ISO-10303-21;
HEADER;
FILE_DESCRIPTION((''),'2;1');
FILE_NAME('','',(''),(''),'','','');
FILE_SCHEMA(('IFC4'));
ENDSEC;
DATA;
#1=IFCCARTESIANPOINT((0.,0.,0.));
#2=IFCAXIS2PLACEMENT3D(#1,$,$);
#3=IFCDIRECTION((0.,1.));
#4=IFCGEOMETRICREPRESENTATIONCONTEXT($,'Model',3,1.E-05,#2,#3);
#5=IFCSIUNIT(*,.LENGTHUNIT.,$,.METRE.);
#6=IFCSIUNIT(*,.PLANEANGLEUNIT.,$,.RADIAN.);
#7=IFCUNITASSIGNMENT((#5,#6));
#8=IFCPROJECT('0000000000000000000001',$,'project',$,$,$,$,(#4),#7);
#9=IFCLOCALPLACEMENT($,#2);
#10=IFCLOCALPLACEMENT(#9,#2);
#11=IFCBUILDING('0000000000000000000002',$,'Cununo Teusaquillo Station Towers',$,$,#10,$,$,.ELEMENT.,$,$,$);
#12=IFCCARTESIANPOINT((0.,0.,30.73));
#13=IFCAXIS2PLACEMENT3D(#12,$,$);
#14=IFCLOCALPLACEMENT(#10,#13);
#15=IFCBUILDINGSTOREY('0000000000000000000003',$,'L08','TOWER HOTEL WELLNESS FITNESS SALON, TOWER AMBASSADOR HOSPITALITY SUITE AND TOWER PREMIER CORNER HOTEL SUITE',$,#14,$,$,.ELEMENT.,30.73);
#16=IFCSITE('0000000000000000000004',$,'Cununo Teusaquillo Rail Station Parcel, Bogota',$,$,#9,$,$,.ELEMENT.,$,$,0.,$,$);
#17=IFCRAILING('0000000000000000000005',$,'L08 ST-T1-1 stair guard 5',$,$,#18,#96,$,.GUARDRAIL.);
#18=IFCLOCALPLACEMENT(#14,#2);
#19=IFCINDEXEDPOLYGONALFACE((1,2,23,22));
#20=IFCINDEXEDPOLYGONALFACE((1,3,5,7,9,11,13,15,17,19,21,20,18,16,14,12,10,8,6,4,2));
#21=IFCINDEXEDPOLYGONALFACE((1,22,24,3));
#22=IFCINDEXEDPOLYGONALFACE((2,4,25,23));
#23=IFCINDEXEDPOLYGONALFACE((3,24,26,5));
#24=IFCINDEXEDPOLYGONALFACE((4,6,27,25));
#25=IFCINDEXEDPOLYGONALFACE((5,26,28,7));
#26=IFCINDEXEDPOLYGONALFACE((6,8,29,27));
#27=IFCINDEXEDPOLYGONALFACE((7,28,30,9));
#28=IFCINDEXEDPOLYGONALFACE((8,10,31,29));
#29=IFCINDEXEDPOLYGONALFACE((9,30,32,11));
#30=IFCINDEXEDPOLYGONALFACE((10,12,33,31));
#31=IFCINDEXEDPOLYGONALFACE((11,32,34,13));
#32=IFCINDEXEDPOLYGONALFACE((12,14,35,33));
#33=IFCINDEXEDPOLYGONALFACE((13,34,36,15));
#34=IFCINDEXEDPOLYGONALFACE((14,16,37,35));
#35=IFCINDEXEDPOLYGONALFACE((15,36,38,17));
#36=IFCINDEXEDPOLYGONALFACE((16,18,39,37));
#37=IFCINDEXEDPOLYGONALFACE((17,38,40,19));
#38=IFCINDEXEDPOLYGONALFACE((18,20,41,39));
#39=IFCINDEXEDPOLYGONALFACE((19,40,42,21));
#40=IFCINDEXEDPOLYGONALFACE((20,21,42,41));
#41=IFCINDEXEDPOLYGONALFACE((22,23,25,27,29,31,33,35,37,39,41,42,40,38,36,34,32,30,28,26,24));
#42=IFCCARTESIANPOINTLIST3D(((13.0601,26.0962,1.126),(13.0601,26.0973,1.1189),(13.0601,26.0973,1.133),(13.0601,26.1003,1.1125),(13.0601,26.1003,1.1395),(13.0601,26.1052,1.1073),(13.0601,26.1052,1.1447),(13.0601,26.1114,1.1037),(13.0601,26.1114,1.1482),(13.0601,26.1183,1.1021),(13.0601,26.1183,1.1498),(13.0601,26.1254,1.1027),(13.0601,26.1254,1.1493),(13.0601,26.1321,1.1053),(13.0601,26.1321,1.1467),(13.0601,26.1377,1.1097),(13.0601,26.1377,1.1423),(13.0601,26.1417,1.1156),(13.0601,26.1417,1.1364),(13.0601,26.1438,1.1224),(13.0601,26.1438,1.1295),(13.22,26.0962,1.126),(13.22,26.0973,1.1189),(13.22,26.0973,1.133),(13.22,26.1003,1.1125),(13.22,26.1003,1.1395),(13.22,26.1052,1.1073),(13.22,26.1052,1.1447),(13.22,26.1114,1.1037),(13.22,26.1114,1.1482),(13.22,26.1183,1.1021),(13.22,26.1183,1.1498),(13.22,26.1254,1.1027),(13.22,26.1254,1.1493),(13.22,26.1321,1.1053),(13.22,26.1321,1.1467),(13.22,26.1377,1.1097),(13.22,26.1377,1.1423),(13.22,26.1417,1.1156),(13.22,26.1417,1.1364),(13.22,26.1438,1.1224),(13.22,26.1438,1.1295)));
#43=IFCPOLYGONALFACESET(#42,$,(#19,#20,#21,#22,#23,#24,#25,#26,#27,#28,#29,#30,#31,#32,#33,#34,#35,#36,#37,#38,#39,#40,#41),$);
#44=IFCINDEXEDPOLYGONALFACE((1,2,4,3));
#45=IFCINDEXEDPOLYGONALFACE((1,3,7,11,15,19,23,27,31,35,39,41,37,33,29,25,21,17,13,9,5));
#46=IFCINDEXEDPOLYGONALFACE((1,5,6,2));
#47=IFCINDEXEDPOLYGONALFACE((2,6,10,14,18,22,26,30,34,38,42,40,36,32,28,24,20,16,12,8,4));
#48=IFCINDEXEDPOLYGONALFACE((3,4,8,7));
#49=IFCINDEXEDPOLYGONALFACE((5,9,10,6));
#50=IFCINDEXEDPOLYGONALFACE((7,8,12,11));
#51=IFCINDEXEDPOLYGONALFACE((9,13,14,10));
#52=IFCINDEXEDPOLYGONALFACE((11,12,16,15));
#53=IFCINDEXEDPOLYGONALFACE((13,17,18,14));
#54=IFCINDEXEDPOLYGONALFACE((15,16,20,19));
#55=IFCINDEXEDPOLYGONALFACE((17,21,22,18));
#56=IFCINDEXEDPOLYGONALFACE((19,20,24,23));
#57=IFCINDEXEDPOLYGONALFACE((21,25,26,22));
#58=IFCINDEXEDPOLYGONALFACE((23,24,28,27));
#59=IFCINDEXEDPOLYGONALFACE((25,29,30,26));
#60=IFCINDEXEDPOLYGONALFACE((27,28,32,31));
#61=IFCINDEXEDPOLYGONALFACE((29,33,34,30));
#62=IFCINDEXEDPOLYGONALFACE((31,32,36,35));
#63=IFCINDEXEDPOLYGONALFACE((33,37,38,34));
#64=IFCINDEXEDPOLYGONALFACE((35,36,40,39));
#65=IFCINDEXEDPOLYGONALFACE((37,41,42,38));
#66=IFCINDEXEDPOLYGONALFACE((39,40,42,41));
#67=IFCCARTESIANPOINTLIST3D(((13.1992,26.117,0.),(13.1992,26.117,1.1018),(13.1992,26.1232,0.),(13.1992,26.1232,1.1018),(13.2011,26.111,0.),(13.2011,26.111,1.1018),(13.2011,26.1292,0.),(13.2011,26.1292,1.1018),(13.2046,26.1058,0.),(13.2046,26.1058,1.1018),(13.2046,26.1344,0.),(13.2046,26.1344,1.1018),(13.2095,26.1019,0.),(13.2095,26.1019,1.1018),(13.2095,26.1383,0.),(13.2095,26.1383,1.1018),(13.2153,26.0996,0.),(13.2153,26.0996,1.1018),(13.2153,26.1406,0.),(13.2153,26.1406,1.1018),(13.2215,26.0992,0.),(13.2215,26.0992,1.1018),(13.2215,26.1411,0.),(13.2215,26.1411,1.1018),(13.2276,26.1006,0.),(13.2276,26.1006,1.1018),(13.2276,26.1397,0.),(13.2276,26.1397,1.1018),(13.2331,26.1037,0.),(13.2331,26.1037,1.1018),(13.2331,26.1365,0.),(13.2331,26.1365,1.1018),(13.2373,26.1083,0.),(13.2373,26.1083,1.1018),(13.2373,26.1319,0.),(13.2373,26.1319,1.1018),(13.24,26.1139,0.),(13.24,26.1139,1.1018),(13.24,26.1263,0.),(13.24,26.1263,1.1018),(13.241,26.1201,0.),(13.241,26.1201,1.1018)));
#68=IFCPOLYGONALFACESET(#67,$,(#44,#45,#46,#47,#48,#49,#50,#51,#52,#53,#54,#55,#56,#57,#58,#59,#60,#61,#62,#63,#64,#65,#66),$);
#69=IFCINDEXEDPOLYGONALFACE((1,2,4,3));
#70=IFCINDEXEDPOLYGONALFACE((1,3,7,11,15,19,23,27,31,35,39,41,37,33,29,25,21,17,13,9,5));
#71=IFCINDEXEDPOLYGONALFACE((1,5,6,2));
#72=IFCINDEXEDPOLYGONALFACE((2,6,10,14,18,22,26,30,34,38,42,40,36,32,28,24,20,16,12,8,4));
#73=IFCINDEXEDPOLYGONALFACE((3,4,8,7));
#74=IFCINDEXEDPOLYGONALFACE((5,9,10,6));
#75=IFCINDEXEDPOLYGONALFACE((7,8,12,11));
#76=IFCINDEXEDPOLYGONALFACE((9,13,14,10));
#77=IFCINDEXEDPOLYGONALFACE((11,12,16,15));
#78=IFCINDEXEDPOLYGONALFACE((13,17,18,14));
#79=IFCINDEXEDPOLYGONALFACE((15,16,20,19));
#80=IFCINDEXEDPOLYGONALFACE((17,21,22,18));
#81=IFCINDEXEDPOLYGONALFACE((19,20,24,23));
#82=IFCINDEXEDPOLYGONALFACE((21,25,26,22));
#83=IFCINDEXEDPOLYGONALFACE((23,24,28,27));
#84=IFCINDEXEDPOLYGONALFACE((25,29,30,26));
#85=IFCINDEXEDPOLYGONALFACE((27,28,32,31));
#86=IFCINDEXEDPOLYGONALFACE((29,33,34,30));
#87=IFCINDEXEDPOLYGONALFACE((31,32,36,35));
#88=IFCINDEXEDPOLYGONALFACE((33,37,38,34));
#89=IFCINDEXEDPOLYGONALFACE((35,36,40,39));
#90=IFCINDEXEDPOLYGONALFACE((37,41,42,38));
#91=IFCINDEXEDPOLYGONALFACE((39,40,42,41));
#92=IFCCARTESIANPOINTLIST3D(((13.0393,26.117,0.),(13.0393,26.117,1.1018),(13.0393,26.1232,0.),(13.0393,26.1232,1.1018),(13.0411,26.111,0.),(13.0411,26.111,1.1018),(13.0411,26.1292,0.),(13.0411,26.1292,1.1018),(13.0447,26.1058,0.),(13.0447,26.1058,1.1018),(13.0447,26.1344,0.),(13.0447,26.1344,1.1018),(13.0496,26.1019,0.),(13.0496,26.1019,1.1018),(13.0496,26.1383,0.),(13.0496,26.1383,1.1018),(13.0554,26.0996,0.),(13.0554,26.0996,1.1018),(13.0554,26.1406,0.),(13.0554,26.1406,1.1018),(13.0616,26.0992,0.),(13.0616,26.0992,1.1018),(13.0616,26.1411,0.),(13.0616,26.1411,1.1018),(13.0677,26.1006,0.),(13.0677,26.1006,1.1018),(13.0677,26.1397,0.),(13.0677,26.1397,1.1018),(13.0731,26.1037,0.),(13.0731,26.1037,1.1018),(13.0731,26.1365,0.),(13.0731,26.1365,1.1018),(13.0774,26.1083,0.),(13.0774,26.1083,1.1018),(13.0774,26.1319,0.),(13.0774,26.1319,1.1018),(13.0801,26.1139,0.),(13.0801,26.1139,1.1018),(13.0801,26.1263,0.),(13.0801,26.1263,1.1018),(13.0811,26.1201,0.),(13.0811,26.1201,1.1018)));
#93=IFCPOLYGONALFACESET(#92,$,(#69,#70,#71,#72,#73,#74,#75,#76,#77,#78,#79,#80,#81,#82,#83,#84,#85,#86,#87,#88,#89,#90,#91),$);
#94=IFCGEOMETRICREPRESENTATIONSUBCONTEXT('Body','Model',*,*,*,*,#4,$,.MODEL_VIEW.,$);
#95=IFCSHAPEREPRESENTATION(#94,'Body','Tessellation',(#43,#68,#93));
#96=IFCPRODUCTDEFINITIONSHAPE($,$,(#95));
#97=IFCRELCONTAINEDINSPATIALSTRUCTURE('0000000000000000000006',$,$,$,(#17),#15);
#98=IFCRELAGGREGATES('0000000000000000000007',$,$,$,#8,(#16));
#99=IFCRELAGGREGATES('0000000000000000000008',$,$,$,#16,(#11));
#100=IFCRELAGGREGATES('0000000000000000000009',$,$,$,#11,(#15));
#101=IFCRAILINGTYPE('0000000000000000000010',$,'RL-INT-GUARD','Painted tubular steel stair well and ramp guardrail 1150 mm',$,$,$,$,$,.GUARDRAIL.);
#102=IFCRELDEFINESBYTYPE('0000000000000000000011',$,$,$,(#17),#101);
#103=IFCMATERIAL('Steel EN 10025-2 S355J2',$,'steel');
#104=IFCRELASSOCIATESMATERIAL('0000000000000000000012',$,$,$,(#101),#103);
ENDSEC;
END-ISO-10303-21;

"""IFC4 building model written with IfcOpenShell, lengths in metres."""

from ifc_helpers import new_model, si_unit, direction, frame, origin, origin_2d, place, context, subcontext, project, spatial, circle, extrude, material, type_object, element, save


model = new_model("IFC4")

# Units and contexts
model_context = context("Model", 3, precision=1e-05, world=origin(), true_north=direction((0.0, 1.0)))
body_context = subcontext(model_context, "Body", "Model", "MODEL_VIEW")
ifc_project = project(units=[si_unit("LENGTHUNIT", "METRE"), si_unit("PLANEANGLEUNIT", "RADIAN")], contexts=[model_context])

# Site, building, storey
site_placement = place(None, origin())
site = spatial("IfcSite", under=ifc_project, at=site_placement, Name="Cununo Teusaquillo Rail Station Parcel, Bogota", CompositionType="ELEMENT", RefElevation=0.0)
building_placement = place(site_placement, origin())
building = spatial("IfcBuilding", under=site, at=building_placement, Name="Cununo Teusaquillo Station Towers", CompositionType="ELEMENT")
storey_placement = place(building_placement, frame((0.0, 0.0, 30.73)))
storey = spatial("IfcBuildingStorey", under=building, at=storey_placement, Name="L08", Description="TOWER HOTEL WELLNESS FITNESS SALON, TOWER AMBASSADOR HOSPITALITY SUITE AND TOWER PREMIER CORNER HOTEL SUITE", CompositionType="ELEMENT", Elevation=30.73)

# Railing
ifc_material_1 = material(Name="Steel EN 10025-2 S355J2", Category="steel")
railing_type_1 = type_object("IfcRailingType", Name="RL-INT-GUARD", Description="Painted tubular steel stair well and ramp guardrail 1150 mm", PredefinedType="GUARDRAIL", material=ifc_material_1)
railing_1_placement = place(storey_placement, frame((13.22, 26.1201, 0.0)))
element("IfcRailing", 1, at=railing_1_placement, inside=storey, type_object=railing_type_1, Name="L08 ST-T1-1 stair guard 5", PredefinedType="GUARDRAIL", context=body_context, shape_type="SweptSolid", body=[
    extrude(circle(Radius=0.0239, at=origin_2d()), frame((0.0, 0.0, 1.126), z_axis=(-1.0, 0.0, 0.0), x_axis=(0.0, -1.0, 0.0)), (0.0, 0.0, 1.0), 0.1599),
    extrude(circle(Radius=0.021, at=origin_2d()), origin(), (0.0, 0.0, 1.0), 1.1018),
    extrude(circle(Radius=0.021, at=origin_2d()), frame((-0.1599, 0.0, 0.0)), (0.0, 0.0, 1.0), 1.1018),
])

save(model, "model.ifc")
